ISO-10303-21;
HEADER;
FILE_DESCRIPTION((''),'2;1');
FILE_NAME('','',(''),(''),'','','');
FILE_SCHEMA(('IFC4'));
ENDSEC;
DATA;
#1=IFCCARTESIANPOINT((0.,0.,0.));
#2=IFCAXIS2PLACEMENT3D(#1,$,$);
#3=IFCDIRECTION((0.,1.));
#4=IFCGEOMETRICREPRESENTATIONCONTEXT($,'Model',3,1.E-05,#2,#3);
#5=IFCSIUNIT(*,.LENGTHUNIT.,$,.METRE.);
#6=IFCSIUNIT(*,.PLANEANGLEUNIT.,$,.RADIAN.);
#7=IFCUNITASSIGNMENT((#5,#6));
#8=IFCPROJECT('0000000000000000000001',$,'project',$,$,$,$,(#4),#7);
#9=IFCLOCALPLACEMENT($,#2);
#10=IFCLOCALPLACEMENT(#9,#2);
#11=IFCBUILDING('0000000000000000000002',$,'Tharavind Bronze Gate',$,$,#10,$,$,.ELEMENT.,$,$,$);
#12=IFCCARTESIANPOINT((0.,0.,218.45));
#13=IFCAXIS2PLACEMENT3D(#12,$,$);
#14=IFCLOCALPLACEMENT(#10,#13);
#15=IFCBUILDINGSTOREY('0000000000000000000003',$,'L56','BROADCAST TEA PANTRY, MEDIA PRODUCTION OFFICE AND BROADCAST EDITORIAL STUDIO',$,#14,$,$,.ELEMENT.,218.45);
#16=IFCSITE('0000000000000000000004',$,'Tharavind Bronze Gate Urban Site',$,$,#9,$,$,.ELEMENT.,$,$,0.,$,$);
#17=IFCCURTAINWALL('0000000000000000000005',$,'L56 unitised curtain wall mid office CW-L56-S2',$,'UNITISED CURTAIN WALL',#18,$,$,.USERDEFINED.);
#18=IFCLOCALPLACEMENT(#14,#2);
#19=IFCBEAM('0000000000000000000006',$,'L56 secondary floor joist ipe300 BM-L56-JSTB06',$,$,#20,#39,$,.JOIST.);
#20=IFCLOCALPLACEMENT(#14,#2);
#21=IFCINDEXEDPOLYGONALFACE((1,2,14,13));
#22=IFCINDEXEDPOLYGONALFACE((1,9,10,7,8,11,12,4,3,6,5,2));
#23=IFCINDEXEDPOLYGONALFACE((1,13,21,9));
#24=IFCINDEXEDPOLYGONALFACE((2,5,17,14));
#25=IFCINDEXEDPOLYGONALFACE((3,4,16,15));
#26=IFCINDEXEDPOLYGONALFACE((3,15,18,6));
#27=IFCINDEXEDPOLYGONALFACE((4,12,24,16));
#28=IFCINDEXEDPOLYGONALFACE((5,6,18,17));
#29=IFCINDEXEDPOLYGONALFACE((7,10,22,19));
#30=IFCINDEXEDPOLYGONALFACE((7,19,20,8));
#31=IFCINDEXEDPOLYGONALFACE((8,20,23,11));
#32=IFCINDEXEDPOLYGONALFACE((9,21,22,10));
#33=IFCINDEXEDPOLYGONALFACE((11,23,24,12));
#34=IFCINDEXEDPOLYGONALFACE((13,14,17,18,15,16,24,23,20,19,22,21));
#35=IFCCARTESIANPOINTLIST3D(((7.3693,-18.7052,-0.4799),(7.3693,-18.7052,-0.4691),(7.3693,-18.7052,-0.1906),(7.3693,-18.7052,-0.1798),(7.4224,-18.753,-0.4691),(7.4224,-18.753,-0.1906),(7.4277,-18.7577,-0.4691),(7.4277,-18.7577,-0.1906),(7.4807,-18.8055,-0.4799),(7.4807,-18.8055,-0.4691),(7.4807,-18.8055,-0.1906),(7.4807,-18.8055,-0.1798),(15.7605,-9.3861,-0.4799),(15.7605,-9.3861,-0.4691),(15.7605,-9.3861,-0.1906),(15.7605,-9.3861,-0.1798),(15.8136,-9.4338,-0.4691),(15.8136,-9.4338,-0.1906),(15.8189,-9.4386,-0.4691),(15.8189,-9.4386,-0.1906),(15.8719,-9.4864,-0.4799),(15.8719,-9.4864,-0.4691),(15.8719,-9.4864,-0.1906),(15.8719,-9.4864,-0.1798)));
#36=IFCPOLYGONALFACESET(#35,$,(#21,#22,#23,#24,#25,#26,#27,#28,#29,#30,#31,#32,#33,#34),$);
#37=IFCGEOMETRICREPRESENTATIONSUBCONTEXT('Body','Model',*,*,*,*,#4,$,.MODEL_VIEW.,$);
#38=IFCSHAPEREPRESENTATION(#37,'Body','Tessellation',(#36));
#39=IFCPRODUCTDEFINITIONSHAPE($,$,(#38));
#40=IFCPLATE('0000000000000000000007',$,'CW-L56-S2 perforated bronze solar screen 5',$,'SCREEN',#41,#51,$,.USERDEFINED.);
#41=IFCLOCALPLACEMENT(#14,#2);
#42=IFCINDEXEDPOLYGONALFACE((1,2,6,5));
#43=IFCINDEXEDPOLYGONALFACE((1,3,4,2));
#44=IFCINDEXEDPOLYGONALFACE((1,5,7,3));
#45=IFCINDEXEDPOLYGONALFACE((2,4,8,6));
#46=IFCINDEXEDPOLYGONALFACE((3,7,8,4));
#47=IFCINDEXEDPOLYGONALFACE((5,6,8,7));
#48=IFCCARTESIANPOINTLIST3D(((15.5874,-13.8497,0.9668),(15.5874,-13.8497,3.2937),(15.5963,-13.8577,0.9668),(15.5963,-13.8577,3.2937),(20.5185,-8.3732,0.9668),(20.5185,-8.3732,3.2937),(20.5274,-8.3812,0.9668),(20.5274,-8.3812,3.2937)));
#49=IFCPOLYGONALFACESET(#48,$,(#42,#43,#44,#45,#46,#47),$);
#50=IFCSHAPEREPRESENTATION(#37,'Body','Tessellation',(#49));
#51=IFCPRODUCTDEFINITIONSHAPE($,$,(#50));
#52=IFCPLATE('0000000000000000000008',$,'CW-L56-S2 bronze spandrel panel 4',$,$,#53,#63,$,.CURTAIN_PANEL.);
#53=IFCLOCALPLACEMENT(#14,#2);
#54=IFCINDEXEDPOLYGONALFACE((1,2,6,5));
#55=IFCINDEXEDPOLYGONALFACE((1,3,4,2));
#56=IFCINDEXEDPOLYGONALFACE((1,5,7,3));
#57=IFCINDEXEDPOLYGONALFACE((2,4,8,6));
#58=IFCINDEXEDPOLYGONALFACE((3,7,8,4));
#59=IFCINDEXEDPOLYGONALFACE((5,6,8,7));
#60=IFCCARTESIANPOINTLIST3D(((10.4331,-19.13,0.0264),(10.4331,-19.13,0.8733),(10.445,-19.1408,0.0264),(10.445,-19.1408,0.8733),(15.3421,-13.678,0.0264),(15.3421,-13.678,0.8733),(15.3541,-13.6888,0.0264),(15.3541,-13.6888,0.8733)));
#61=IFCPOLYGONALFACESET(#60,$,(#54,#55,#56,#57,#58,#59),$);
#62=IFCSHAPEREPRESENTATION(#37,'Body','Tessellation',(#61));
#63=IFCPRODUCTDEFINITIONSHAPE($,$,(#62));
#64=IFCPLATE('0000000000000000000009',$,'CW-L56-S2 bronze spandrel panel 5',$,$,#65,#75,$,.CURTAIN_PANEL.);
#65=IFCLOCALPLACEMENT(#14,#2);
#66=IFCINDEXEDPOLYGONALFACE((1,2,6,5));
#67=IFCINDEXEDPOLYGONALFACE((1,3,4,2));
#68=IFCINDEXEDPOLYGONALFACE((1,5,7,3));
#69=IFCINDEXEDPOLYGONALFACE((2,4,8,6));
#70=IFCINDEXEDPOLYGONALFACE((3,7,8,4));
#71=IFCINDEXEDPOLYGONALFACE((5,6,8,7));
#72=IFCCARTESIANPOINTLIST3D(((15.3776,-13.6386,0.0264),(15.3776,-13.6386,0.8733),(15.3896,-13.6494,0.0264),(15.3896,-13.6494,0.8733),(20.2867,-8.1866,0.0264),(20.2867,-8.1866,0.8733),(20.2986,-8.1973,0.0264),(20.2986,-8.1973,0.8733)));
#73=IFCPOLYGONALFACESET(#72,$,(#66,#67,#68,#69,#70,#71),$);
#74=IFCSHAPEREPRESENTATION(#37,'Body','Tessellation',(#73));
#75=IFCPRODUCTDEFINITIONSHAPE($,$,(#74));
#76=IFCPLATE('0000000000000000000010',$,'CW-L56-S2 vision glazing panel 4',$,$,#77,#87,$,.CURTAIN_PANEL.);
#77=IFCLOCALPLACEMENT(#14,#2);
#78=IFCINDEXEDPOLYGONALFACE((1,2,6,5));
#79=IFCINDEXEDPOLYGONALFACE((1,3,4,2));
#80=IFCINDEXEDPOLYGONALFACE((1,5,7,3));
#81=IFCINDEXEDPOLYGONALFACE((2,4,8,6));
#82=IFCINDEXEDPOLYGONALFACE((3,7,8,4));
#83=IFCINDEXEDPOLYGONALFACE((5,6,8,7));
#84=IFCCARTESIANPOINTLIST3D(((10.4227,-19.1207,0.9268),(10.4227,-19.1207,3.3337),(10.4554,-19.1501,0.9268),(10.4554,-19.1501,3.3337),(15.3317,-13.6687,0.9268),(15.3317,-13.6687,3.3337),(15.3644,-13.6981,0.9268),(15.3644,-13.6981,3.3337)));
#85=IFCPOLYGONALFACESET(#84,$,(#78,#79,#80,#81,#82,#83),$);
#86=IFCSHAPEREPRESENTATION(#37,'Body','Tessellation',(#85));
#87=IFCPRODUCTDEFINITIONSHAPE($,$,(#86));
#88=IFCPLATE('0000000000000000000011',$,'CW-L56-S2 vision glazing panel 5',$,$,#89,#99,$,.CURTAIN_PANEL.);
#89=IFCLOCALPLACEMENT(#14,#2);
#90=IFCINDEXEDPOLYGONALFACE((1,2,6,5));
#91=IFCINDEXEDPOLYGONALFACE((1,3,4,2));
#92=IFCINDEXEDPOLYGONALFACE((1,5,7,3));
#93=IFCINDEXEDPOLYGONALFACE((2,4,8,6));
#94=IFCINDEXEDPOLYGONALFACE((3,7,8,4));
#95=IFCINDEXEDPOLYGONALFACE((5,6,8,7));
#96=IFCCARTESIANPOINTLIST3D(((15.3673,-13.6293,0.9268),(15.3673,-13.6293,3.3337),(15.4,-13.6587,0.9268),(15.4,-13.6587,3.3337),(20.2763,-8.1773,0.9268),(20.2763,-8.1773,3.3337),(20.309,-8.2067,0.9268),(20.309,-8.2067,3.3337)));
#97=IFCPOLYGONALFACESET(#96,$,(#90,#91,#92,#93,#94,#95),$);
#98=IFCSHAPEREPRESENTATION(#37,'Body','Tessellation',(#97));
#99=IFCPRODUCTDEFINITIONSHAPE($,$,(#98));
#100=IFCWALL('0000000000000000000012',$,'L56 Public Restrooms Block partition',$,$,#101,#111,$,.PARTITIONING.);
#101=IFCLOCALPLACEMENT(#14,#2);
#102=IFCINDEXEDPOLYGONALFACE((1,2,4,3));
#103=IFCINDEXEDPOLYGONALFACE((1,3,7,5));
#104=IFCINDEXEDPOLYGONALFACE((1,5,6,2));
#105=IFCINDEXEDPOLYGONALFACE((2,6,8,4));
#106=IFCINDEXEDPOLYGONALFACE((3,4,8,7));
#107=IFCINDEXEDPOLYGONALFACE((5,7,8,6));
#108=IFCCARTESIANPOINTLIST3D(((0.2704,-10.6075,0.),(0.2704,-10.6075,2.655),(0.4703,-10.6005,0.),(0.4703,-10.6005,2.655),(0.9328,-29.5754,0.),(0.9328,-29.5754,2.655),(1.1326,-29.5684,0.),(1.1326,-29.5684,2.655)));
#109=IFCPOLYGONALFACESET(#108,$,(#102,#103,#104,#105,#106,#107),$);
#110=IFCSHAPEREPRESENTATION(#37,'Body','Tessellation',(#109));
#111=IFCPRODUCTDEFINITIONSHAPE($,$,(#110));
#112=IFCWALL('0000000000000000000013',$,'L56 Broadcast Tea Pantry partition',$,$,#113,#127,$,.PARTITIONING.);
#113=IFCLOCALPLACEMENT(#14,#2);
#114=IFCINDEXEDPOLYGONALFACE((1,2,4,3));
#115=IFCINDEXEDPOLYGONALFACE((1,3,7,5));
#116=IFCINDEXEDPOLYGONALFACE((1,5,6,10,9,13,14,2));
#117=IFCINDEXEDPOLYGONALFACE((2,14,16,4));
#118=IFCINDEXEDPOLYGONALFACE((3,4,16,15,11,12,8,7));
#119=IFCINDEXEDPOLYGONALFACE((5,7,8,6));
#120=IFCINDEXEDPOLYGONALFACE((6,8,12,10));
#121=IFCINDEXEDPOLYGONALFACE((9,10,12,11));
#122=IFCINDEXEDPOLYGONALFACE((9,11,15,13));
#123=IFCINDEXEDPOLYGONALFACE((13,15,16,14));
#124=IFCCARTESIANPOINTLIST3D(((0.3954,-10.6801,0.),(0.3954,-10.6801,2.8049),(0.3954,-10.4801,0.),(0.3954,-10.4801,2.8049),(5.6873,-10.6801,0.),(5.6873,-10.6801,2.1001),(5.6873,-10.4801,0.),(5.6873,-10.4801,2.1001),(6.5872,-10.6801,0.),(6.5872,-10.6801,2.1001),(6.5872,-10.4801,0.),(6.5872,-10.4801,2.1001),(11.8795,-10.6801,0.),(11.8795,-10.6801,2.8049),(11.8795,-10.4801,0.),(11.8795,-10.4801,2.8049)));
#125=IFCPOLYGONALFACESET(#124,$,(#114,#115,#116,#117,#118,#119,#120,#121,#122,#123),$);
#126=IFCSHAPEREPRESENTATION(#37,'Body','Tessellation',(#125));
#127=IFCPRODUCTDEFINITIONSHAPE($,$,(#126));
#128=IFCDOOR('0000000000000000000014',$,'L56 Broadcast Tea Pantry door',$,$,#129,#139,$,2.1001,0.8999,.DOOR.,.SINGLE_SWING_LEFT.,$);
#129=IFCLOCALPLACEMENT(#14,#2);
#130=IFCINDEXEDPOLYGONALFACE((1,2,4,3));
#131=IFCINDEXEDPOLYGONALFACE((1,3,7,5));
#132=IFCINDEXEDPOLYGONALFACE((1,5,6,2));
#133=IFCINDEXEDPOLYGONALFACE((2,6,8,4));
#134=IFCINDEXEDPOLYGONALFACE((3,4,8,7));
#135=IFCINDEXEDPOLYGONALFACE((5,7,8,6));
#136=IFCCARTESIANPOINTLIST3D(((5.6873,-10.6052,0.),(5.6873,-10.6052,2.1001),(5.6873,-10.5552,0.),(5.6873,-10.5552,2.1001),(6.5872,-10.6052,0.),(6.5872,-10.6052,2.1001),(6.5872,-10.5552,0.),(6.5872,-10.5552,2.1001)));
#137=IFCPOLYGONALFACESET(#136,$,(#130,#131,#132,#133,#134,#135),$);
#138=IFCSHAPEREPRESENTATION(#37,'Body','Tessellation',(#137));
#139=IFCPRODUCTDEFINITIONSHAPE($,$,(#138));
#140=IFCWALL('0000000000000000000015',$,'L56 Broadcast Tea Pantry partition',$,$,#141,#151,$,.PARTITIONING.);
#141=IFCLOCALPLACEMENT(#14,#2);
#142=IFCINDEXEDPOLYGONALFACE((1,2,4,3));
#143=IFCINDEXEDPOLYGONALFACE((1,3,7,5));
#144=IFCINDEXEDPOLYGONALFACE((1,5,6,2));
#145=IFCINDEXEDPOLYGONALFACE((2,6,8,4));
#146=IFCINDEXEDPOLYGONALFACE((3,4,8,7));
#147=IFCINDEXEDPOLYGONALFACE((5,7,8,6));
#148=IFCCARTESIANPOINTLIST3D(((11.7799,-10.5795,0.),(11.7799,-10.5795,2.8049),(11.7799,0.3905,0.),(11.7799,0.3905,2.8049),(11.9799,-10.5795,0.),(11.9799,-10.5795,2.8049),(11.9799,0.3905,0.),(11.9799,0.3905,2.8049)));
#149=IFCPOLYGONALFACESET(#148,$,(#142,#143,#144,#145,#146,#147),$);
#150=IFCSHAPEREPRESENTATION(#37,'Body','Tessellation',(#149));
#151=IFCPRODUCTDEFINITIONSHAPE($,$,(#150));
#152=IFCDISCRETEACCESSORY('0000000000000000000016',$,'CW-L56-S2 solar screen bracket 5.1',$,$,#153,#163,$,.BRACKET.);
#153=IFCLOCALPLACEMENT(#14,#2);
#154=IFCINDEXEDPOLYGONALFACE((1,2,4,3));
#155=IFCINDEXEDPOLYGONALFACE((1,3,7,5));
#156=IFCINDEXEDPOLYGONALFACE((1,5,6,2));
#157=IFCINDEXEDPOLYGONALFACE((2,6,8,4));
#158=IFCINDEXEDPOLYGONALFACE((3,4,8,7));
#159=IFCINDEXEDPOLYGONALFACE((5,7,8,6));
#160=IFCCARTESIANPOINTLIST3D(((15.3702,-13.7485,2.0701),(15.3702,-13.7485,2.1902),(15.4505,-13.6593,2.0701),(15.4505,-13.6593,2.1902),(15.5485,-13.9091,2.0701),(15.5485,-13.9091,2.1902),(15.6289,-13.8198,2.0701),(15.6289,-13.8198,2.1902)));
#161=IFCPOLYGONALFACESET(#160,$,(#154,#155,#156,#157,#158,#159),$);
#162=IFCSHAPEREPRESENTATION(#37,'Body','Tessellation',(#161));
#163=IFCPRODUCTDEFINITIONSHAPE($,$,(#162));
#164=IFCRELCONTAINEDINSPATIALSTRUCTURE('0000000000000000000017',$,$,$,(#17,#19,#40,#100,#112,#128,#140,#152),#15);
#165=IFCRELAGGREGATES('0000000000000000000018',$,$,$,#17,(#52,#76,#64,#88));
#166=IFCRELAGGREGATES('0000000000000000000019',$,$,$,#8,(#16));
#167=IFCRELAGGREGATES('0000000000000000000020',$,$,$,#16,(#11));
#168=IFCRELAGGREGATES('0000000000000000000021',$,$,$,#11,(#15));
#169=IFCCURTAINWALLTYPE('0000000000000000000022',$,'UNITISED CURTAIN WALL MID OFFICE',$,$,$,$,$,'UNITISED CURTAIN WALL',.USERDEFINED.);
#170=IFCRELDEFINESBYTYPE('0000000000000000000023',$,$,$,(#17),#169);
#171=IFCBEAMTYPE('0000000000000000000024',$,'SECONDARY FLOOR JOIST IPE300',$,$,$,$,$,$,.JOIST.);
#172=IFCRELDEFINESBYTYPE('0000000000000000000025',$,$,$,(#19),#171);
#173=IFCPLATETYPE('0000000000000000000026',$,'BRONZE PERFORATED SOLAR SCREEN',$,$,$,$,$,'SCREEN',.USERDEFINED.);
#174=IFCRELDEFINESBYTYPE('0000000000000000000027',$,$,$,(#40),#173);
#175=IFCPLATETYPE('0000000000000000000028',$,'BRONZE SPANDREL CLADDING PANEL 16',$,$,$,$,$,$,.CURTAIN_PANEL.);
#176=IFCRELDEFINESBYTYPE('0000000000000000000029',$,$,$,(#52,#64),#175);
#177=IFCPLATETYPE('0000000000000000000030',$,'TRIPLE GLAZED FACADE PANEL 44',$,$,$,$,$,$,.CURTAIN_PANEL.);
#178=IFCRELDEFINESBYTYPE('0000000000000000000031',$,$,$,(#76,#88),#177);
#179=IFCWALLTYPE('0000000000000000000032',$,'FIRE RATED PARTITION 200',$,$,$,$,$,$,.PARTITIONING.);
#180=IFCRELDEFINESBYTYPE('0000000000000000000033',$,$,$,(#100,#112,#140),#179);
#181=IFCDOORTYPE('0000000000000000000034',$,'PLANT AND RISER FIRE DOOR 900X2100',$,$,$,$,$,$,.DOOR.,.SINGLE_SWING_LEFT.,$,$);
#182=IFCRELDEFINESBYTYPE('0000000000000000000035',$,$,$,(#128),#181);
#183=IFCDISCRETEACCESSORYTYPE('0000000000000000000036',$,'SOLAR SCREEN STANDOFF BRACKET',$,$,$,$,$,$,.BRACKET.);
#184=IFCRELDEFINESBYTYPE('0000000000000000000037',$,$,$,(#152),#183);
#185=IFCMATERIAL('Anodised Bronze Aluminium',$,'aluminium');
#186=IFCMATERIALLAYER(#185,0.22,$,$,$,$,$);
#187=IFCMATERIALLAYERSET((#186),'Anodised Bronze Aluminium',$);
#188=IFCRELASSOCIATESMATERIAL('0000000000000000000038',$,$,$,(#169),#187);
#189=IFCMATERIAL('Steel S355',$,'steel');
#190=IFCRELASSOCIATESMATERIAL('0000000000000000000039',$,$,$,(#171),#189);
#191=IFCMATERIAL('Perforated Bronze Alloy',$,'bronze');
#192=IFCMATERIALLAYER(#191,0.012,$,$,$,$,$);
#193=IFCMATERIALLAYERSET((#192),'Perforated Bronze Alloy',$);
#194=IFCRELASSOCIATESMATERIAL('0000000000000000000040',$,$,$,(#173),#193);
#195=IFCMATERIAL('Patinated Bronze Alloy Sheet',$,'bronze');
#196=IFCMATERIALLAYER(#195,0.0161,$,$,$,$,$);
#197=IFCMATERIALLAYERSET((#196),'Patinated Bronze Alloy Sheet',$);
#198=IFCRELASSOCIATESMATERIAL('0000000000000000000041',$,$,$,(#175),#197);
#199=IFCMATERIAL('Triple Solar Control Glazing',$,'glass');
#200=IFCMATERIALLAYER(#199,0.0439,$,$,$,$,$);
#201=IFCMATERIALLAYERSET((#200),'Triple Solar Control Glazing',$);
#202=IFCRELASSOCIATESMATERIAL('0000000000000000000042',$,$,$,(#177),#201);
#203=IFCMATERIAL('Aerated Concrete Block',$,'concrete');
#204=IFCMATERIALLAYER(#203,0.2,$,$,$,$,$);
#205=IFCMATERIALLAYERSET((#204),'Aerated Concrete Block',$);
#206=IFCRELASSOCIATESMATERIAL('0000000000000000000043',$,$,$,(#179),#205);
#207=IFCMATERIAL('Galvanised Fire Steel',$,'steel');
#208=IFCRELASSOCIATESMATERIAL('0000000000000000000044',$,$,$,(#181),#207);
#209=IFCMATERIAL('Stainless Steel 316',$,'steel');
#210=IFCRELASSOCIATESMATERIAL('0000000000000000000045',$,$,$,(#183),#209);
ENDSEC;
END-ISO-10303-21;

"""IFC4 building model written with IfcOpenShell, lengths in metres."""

from ifc_helpers import new_model, si_unit, direction, frame, frame_2d, origin, origin_2d, place, context, subcontext, project, spatial, rectangle, i_section, extrude, material, layer, layer_set, material_profile, profile_set, type_object, element, fill, aggregate, save


model = new_model("IFC4")

# Units and contexts
model_context = context("Model", 3, precision=1e-05, world=origin(), true_north=direction((0.0, 1.0)))
body_context = subcontext(model_context, "Body", "Model", "MODEL_VIEW")
ifc_project = project(units=[si_unit("LENGTHUNIT", "METRE"), si_unit("PLANEANGLEUNIT", "RADIAN")], contexts=[model_context])

# Site, building, storey
site_placement = place(None, origin())
site = spatial("IfcSite", under=ifc_project, at=site_placement, Name="Tharavind Bronze Gate Urban Site", CompositionType="ELEMENT", RefElevation=0.0)
building_placement = place(site_placement, origin())
building = spatial("IfcBuilding", under=site, at=building_placement, Name="Tharavind Bronze Gate", CompositionType="ELEMENT")
storey_placement = place(building_placement, frame((0.0, 0.0, 218.45)))
storey = spatial("IfcBuildingStorey", under=building, at=storey_placement, Name="L56", Description="BROADCAST TEA PANTRY, MEDIA PRODUCTION OFFICE AND BROADCAST EDITORIAL STUDIO", CompositionType="ELEMENT", Elevation=218.45)

# Curtain wall
ifc_material_1 = material(Name="Anodised Bronze Aluminium", Category="aluminium")
ifc_layer_1 = layer(ifc_material_1, 0.22)
ifc_layer_set_1 = layer_set([ifc_layer_1], Name="Anodised Bronze Aluminium")
curtain_wall_type = type_object("IfcCurtainWallType", Name="UNITISED CURTAIN WALL MID OFFICE", ElementType="UNITISED CURTAIN WALL", PredefinedType="USERDEFINED", material=ifc_layer_set_1)
curtain_wall_placement = place(storey_placement, origin())
curtain_wall = element("IfcCurtainWall", 1, at=curtain_wall_placement, inside=storey, type_object=curtain_wall_type, Name="L56 unitised curtain wall mid office CW-L56-S2", ObjectType="UNITISED CURTAIN WALL", PredefinedType="USERDEFINED")

# Beam
ifc_material_2 = material(Name="Steel S355", Category="steel")
ifc_material_profile_1 = material_profile(ifc_material_2, i_section(OverallWidth=0.1499, OverallDepth=0.3, WebThickness=0.0071, FlangeThickness=0.0107, at=origin_2d()), Name="IPE300")
ifc_profile_set_1 = profile_set([ifc_material_profile_1], Name="Steel S355")
beam_type_1 = type_object("IfcBeamType", Name="SECONDARY FLOOR JOIST IPE300", PredefinedType="JOIST", material=ifc_profile_set_1)
beam_1_placement = place(storey_placement, frame((7.425, -18.7554, -0.3298), z_axis=(0.669138, 0.743138, 0.0), x_axis=(-0.743138, 0.669138, 0.0)))
element("IfcBeam", 2, at=beam_1_placement, inside=storey, type_object=beam_type_1, Name="L56 secondary floor joist ipe300 BM-L56-JSTB06", PredefinedType="JOIST", context=body_context, shape_type="SweptSolid", body=[
    extrude(i_section(OverallWidth=0.1499, OverallDepth=0.3, WebThickness=0.0071, FlangeThickness=0.0107, at=origin_2d()), origin(), (0.0, 0.0, 1.0), 12.5403),
])

# Plates
ifc_material_3 = material(Name="Perforated Bronze Alloy", Category="bronze")
ifc_layer_2 = layer(ifc_material_3, 0.012)
ifc_layer_set_2 = layer_set([ifc_layer_2], Name="Perforated Bronze Alloy")
plate_type_1 = type_object("IfcPlateType", Name="BRONZE PERFORATED SOLAR SCREEN", ElementType="SCREEN", PredefinedType="USERDEFINED", material=ifc_layer_set_2)
plate_1_placement = place(storey_placement, frame((18.0574, -11.1155, 0.9668), z_axis=(0.0, 0.0, 1.0), x_axis=(0.669131, 0.743145, 0.0)))
element("IfcPlate", 3, at=plate_1_placement, inside=storey, type_object=plate_type_1, Name="CW-L56-S2 perforated bronze solar screen 5", ObjectType="SCREEN", PredefinedType="USERDEFINED", context=body_context, shape_type="SweptSolid", body=[
    extrude(rectangle(XDim=7.3694, YDim=0.012, at=origin_2d()), origin(), (0.0, 0.0, 1.0), 2.3269),
])
ifc_material_4 = material(Name="Patinated Bronze Alloy Sheet", Category="bronze")
ifc_layer_3 = layer(ifc_material_4, 0.0161)
ifc_layer_set_3 = layer_set([ifc_layer_3], Name="Patinated Bronze Alloy Sheet")
plate_type_2 = type_object("IfcPlateType", Name="BRONZE SPANDREL CLADDING PANEL 16", PredefinedType="CURTAIN_PANEL", material=ifc_layer_set_3)
plate_2_placement = place(storey_placement, frame((12.8936, -16.4094, 0.0264), z_axis=(0.0, 0.0, 1.0), x_axis=(0.669131, 0.743145, 0.0)))
plate_2 = element("IfcPlate", 4, at=plate_2_placement, type_object=plate_type_2, Name="CW-L56-S2 bronze spandrel panel 4", PredefinedType="CURTAIN_PANEL", context=body_context, shape_type="SweptSolid", body=[
    extrude(rectangle(XDim=7.3364, YDim=0.0161, at=origin_2d()), origin(), (0.0, 0.0, 1.0), 0.8469),
])
plate_3_placement = place(storey_placement, frame((17.8381, -10.918, 0.0264), z_axis=(0.0, 0.0, 1.0), x_axis=(0.669131, 0.743145, 0.0)))
plate_3 = element("IfcPlate", 5, at=plate_3_placement, type_object=plate_type_2, Name="CW-L56-S2 bronze spandrel panel 5", PredefinedType="CURTAIN_PANEL", context=body_context, shape_type="SweptSolid", body=[
    extrude(rectangle(XDim=7.3364, YDim=0.0161, at=origin_2d()), origin(), (0.0, 0.0, 1.0), 0.8469),
])
ifc_material_5 = material(Name="Triple Solar Control Glazing", Category="glass")
ifc_layer_4 = layer(ifc_material_5, 0.0439)
ifc_layer_set_4 = layer_set([ifc_layer_4], Name="Triple Solar Control Glazing")
plate_type_3 = type_object("IfcPlateType", Name="TRIPLE GLAZED FACADE PANEL 44", PredefinedType="CURTAIN_PANEL", material=ifc_layer_set_4)
plate_4_placement = place(storey_placement, frame((12.8936, -16.4094, 0.9268), z_axis=(0.0, 0.0, 1.0), x_axis=(0.669131, 0.743145, 0.0)))
plate_4 = element("IfcPlate", 6, at=plate_4_placement, type_object=plate_type_3, Name="CW-L56-S2 vision glazing panel 4", PredefinedType="CURTAIN_PANEL", context=body_context, shape_type="SweptSolid", body=[
    extrude(rectangle(XDim=7.3364, YDim=0.0439, at=origin_2d()), origin(), (0.0, 0.0, 1.0), 2.407),
])
plate_5_placement = place(storey_placement, frame((17.8381, -10.918, 0.9268), z_axis=(0.0, 0.0, 1.0), x_axis=(0.669131, 0.743145, 0.0)))
plate_5 = element("IfcPlate", 7, at=plate_5_placement, type_object=plate_type_3, Name="CW-L56-S2 vision glazing panel 5", PredefinedType="CURTAIN_PANEL", context=body_context, shape_type="SweptSolid", body=[
    extrude(rectangle(XDim=7.3364, YDim=0.0439, at=origin_2d()), origin(), (0.0, 0.0, 1.0), 2.407),
])
aggregate(curtain_wall, [plate_2, plate_4, plate_3, plate_5])

# Wall
ifc_material_6 = material(Name="Aerated Concrete Block", Category="concrete")
ifc_layer_5 = layer(ifc_material_6, 0.2)
ifc_layer_set_5 = layer_set([ifc_layer_5], Name="Aerated Concrete Block")
wall_type = type_object("IfcWallType", Name="FIRE RATED PARTITION 200", PredefinedType="PARTITIONING", material=ifc_layer_set_5)
wall_1_placement = place(storey_placement, frame((0.3704, -10.604, 0.0), z_axis=(0.0, 0.0, 1.0), x_axis=(0.034898, -0.999391, 0.0)))
element("IfcWall", 8, at=wall_1_placement, inside=storey, type_object=wall_type, Name="L56 Public Restrooms Block partition", PredefinedType="PARTITIONING", context=body_context, shape_type="SweptSolid", body=[
    extrude(rectangle(XDim=18.9795, YDim=0.2, at=frame_2d((9.4897, 0.0))), origin(), (0.0, 0.0, 1.0), 2.655),
])

# Wall, opening, door
wall_2_placement = place(storey_placement, frame((0.3953, -10.5801, 0.0), z_axis=(0.0, 0.0, 1.0), x_axis=(1.0, 0.0, 0.0)))
wall_2 = element("IfcWall", 9, at=wall_2_placement, inside=storey, type_object=wall_type, Name="L56 Broadcast Tea Pantry partition", PredefinedType="PARTITIONING", context=body_context, shape_type="SweptSolid", body=[
    extrude(rectangle(XDim=11.4841, YDim=0.2, at=frame_2d((5.7422, 0.0))), origin(), (0.0, 0.0, 1.0), 2.8049),
])
opening_placement = place(wall_2_placement, frame((5.292, 0.0, 0.0)))
opening = element("IfcOpeningElement", 10, at=opening_placement, cuts=wall_2, PredefinedType="OPENING", context=body_context, shape_type="SweptSolid", body=[
    extrude(rectangle(XDim=0.8999, YDim=2.1001, at=frame_2d((0.45, 1.05))), frame((0.0, 0.1101, 0.0), z_axis=(0.0, -1.0, 0.0), x_axis=(1.0, 0.0, 0.0)), (0.0, 0.0, 1.0), 0.22),
])
ifc_material_7 = material(Name="Galvanised Fire Steel", Category="steel")
door_type = type_object("IfcDoorType", Name="PLANT AND RISER FIRE DOOR 900X2100", OperationType="SINGLE_SWING_LEFT", PredefinedType="DOOR", material=ifc_material_7)
door_placement = place(opening_placement, origin())
door = element("IfcDoor", 11, at=door_placement, inside=storey, type_object=door_type, Name="L56 Broadcast Tea Pantry door", OperationType="SINGLE_SWING_LEFT", OverallHeight=2.1001, OverallWidth=0.8999, PredefinedType="DOOR", context=body_context, shape_type="SweptSolid", body=[
    extrude(rectangle(XDim=0.8999, YDim=2.1001, at=frame_2d((0.45, 1.05))), frame((0.0, 0.0249, 0.0), z_axis=(0.0, -1.0, 0.0), x_axis=(1.0, 0.0, 0.0)), (0.0, 0.0, 1.0), 0.05),
])
fill(opening, door)

# Wall
wall_3_placement = place(storey_placement, frame((11.8799, -10.5793, 0.0), z_axis=(0.0, 0.0, 1.0), x_axis=(0.0, 1.0, 0.0)))
element("IfcWall", 12, at=wall_3_placement, inside=storey, type_object=wall_type, Name="L56 Broadcast Tea Pantry partition", PredefinedType="PARTITIONING", context=body_context, shape_type="SweptSolid", body=[
    extrude(rectangle(XDim=10.97, YDim=0.2, at=frame_2d((5.4849, 0.0))), origin(), (0.0, 0.0, 1.0), 2.8049),
])

# Discrete accessory
ifc_material_8 = material(Name="Stainless Steel 316", Category="steel")
discrete_accessory_type = type_object("IfcDiscreteAccessoryType", Name="SOLAR SCREEN STANDOFF BRACKET", PredefinedType="BRACKET", material=ifc_material_8)
discrete_accessory_placement = place(storey_placement, frame((15.4995, -13.7842, 2.0701), z_axis=(0.0, 0.0, 1.0), x_axis=(0.669131, 0.743145, 0.0)))
element("IfcDiscreteAccessory", 13, at=discrete_accessory_placement, inside=storey, type_object=discrete_accessory_type, Name="CW-L56-S2 solar screen bracket 5.1", PredefinedType="BRACKET", context=body_context, shape_type="SweptSolid", body=[
    extrude(rectangle(XDim=0.1201, YDim=0.24, at=origin_2d()), origin(), (0.0, 0.0, 1.0), 0.1201),
])

save(model, "model.ifc")
